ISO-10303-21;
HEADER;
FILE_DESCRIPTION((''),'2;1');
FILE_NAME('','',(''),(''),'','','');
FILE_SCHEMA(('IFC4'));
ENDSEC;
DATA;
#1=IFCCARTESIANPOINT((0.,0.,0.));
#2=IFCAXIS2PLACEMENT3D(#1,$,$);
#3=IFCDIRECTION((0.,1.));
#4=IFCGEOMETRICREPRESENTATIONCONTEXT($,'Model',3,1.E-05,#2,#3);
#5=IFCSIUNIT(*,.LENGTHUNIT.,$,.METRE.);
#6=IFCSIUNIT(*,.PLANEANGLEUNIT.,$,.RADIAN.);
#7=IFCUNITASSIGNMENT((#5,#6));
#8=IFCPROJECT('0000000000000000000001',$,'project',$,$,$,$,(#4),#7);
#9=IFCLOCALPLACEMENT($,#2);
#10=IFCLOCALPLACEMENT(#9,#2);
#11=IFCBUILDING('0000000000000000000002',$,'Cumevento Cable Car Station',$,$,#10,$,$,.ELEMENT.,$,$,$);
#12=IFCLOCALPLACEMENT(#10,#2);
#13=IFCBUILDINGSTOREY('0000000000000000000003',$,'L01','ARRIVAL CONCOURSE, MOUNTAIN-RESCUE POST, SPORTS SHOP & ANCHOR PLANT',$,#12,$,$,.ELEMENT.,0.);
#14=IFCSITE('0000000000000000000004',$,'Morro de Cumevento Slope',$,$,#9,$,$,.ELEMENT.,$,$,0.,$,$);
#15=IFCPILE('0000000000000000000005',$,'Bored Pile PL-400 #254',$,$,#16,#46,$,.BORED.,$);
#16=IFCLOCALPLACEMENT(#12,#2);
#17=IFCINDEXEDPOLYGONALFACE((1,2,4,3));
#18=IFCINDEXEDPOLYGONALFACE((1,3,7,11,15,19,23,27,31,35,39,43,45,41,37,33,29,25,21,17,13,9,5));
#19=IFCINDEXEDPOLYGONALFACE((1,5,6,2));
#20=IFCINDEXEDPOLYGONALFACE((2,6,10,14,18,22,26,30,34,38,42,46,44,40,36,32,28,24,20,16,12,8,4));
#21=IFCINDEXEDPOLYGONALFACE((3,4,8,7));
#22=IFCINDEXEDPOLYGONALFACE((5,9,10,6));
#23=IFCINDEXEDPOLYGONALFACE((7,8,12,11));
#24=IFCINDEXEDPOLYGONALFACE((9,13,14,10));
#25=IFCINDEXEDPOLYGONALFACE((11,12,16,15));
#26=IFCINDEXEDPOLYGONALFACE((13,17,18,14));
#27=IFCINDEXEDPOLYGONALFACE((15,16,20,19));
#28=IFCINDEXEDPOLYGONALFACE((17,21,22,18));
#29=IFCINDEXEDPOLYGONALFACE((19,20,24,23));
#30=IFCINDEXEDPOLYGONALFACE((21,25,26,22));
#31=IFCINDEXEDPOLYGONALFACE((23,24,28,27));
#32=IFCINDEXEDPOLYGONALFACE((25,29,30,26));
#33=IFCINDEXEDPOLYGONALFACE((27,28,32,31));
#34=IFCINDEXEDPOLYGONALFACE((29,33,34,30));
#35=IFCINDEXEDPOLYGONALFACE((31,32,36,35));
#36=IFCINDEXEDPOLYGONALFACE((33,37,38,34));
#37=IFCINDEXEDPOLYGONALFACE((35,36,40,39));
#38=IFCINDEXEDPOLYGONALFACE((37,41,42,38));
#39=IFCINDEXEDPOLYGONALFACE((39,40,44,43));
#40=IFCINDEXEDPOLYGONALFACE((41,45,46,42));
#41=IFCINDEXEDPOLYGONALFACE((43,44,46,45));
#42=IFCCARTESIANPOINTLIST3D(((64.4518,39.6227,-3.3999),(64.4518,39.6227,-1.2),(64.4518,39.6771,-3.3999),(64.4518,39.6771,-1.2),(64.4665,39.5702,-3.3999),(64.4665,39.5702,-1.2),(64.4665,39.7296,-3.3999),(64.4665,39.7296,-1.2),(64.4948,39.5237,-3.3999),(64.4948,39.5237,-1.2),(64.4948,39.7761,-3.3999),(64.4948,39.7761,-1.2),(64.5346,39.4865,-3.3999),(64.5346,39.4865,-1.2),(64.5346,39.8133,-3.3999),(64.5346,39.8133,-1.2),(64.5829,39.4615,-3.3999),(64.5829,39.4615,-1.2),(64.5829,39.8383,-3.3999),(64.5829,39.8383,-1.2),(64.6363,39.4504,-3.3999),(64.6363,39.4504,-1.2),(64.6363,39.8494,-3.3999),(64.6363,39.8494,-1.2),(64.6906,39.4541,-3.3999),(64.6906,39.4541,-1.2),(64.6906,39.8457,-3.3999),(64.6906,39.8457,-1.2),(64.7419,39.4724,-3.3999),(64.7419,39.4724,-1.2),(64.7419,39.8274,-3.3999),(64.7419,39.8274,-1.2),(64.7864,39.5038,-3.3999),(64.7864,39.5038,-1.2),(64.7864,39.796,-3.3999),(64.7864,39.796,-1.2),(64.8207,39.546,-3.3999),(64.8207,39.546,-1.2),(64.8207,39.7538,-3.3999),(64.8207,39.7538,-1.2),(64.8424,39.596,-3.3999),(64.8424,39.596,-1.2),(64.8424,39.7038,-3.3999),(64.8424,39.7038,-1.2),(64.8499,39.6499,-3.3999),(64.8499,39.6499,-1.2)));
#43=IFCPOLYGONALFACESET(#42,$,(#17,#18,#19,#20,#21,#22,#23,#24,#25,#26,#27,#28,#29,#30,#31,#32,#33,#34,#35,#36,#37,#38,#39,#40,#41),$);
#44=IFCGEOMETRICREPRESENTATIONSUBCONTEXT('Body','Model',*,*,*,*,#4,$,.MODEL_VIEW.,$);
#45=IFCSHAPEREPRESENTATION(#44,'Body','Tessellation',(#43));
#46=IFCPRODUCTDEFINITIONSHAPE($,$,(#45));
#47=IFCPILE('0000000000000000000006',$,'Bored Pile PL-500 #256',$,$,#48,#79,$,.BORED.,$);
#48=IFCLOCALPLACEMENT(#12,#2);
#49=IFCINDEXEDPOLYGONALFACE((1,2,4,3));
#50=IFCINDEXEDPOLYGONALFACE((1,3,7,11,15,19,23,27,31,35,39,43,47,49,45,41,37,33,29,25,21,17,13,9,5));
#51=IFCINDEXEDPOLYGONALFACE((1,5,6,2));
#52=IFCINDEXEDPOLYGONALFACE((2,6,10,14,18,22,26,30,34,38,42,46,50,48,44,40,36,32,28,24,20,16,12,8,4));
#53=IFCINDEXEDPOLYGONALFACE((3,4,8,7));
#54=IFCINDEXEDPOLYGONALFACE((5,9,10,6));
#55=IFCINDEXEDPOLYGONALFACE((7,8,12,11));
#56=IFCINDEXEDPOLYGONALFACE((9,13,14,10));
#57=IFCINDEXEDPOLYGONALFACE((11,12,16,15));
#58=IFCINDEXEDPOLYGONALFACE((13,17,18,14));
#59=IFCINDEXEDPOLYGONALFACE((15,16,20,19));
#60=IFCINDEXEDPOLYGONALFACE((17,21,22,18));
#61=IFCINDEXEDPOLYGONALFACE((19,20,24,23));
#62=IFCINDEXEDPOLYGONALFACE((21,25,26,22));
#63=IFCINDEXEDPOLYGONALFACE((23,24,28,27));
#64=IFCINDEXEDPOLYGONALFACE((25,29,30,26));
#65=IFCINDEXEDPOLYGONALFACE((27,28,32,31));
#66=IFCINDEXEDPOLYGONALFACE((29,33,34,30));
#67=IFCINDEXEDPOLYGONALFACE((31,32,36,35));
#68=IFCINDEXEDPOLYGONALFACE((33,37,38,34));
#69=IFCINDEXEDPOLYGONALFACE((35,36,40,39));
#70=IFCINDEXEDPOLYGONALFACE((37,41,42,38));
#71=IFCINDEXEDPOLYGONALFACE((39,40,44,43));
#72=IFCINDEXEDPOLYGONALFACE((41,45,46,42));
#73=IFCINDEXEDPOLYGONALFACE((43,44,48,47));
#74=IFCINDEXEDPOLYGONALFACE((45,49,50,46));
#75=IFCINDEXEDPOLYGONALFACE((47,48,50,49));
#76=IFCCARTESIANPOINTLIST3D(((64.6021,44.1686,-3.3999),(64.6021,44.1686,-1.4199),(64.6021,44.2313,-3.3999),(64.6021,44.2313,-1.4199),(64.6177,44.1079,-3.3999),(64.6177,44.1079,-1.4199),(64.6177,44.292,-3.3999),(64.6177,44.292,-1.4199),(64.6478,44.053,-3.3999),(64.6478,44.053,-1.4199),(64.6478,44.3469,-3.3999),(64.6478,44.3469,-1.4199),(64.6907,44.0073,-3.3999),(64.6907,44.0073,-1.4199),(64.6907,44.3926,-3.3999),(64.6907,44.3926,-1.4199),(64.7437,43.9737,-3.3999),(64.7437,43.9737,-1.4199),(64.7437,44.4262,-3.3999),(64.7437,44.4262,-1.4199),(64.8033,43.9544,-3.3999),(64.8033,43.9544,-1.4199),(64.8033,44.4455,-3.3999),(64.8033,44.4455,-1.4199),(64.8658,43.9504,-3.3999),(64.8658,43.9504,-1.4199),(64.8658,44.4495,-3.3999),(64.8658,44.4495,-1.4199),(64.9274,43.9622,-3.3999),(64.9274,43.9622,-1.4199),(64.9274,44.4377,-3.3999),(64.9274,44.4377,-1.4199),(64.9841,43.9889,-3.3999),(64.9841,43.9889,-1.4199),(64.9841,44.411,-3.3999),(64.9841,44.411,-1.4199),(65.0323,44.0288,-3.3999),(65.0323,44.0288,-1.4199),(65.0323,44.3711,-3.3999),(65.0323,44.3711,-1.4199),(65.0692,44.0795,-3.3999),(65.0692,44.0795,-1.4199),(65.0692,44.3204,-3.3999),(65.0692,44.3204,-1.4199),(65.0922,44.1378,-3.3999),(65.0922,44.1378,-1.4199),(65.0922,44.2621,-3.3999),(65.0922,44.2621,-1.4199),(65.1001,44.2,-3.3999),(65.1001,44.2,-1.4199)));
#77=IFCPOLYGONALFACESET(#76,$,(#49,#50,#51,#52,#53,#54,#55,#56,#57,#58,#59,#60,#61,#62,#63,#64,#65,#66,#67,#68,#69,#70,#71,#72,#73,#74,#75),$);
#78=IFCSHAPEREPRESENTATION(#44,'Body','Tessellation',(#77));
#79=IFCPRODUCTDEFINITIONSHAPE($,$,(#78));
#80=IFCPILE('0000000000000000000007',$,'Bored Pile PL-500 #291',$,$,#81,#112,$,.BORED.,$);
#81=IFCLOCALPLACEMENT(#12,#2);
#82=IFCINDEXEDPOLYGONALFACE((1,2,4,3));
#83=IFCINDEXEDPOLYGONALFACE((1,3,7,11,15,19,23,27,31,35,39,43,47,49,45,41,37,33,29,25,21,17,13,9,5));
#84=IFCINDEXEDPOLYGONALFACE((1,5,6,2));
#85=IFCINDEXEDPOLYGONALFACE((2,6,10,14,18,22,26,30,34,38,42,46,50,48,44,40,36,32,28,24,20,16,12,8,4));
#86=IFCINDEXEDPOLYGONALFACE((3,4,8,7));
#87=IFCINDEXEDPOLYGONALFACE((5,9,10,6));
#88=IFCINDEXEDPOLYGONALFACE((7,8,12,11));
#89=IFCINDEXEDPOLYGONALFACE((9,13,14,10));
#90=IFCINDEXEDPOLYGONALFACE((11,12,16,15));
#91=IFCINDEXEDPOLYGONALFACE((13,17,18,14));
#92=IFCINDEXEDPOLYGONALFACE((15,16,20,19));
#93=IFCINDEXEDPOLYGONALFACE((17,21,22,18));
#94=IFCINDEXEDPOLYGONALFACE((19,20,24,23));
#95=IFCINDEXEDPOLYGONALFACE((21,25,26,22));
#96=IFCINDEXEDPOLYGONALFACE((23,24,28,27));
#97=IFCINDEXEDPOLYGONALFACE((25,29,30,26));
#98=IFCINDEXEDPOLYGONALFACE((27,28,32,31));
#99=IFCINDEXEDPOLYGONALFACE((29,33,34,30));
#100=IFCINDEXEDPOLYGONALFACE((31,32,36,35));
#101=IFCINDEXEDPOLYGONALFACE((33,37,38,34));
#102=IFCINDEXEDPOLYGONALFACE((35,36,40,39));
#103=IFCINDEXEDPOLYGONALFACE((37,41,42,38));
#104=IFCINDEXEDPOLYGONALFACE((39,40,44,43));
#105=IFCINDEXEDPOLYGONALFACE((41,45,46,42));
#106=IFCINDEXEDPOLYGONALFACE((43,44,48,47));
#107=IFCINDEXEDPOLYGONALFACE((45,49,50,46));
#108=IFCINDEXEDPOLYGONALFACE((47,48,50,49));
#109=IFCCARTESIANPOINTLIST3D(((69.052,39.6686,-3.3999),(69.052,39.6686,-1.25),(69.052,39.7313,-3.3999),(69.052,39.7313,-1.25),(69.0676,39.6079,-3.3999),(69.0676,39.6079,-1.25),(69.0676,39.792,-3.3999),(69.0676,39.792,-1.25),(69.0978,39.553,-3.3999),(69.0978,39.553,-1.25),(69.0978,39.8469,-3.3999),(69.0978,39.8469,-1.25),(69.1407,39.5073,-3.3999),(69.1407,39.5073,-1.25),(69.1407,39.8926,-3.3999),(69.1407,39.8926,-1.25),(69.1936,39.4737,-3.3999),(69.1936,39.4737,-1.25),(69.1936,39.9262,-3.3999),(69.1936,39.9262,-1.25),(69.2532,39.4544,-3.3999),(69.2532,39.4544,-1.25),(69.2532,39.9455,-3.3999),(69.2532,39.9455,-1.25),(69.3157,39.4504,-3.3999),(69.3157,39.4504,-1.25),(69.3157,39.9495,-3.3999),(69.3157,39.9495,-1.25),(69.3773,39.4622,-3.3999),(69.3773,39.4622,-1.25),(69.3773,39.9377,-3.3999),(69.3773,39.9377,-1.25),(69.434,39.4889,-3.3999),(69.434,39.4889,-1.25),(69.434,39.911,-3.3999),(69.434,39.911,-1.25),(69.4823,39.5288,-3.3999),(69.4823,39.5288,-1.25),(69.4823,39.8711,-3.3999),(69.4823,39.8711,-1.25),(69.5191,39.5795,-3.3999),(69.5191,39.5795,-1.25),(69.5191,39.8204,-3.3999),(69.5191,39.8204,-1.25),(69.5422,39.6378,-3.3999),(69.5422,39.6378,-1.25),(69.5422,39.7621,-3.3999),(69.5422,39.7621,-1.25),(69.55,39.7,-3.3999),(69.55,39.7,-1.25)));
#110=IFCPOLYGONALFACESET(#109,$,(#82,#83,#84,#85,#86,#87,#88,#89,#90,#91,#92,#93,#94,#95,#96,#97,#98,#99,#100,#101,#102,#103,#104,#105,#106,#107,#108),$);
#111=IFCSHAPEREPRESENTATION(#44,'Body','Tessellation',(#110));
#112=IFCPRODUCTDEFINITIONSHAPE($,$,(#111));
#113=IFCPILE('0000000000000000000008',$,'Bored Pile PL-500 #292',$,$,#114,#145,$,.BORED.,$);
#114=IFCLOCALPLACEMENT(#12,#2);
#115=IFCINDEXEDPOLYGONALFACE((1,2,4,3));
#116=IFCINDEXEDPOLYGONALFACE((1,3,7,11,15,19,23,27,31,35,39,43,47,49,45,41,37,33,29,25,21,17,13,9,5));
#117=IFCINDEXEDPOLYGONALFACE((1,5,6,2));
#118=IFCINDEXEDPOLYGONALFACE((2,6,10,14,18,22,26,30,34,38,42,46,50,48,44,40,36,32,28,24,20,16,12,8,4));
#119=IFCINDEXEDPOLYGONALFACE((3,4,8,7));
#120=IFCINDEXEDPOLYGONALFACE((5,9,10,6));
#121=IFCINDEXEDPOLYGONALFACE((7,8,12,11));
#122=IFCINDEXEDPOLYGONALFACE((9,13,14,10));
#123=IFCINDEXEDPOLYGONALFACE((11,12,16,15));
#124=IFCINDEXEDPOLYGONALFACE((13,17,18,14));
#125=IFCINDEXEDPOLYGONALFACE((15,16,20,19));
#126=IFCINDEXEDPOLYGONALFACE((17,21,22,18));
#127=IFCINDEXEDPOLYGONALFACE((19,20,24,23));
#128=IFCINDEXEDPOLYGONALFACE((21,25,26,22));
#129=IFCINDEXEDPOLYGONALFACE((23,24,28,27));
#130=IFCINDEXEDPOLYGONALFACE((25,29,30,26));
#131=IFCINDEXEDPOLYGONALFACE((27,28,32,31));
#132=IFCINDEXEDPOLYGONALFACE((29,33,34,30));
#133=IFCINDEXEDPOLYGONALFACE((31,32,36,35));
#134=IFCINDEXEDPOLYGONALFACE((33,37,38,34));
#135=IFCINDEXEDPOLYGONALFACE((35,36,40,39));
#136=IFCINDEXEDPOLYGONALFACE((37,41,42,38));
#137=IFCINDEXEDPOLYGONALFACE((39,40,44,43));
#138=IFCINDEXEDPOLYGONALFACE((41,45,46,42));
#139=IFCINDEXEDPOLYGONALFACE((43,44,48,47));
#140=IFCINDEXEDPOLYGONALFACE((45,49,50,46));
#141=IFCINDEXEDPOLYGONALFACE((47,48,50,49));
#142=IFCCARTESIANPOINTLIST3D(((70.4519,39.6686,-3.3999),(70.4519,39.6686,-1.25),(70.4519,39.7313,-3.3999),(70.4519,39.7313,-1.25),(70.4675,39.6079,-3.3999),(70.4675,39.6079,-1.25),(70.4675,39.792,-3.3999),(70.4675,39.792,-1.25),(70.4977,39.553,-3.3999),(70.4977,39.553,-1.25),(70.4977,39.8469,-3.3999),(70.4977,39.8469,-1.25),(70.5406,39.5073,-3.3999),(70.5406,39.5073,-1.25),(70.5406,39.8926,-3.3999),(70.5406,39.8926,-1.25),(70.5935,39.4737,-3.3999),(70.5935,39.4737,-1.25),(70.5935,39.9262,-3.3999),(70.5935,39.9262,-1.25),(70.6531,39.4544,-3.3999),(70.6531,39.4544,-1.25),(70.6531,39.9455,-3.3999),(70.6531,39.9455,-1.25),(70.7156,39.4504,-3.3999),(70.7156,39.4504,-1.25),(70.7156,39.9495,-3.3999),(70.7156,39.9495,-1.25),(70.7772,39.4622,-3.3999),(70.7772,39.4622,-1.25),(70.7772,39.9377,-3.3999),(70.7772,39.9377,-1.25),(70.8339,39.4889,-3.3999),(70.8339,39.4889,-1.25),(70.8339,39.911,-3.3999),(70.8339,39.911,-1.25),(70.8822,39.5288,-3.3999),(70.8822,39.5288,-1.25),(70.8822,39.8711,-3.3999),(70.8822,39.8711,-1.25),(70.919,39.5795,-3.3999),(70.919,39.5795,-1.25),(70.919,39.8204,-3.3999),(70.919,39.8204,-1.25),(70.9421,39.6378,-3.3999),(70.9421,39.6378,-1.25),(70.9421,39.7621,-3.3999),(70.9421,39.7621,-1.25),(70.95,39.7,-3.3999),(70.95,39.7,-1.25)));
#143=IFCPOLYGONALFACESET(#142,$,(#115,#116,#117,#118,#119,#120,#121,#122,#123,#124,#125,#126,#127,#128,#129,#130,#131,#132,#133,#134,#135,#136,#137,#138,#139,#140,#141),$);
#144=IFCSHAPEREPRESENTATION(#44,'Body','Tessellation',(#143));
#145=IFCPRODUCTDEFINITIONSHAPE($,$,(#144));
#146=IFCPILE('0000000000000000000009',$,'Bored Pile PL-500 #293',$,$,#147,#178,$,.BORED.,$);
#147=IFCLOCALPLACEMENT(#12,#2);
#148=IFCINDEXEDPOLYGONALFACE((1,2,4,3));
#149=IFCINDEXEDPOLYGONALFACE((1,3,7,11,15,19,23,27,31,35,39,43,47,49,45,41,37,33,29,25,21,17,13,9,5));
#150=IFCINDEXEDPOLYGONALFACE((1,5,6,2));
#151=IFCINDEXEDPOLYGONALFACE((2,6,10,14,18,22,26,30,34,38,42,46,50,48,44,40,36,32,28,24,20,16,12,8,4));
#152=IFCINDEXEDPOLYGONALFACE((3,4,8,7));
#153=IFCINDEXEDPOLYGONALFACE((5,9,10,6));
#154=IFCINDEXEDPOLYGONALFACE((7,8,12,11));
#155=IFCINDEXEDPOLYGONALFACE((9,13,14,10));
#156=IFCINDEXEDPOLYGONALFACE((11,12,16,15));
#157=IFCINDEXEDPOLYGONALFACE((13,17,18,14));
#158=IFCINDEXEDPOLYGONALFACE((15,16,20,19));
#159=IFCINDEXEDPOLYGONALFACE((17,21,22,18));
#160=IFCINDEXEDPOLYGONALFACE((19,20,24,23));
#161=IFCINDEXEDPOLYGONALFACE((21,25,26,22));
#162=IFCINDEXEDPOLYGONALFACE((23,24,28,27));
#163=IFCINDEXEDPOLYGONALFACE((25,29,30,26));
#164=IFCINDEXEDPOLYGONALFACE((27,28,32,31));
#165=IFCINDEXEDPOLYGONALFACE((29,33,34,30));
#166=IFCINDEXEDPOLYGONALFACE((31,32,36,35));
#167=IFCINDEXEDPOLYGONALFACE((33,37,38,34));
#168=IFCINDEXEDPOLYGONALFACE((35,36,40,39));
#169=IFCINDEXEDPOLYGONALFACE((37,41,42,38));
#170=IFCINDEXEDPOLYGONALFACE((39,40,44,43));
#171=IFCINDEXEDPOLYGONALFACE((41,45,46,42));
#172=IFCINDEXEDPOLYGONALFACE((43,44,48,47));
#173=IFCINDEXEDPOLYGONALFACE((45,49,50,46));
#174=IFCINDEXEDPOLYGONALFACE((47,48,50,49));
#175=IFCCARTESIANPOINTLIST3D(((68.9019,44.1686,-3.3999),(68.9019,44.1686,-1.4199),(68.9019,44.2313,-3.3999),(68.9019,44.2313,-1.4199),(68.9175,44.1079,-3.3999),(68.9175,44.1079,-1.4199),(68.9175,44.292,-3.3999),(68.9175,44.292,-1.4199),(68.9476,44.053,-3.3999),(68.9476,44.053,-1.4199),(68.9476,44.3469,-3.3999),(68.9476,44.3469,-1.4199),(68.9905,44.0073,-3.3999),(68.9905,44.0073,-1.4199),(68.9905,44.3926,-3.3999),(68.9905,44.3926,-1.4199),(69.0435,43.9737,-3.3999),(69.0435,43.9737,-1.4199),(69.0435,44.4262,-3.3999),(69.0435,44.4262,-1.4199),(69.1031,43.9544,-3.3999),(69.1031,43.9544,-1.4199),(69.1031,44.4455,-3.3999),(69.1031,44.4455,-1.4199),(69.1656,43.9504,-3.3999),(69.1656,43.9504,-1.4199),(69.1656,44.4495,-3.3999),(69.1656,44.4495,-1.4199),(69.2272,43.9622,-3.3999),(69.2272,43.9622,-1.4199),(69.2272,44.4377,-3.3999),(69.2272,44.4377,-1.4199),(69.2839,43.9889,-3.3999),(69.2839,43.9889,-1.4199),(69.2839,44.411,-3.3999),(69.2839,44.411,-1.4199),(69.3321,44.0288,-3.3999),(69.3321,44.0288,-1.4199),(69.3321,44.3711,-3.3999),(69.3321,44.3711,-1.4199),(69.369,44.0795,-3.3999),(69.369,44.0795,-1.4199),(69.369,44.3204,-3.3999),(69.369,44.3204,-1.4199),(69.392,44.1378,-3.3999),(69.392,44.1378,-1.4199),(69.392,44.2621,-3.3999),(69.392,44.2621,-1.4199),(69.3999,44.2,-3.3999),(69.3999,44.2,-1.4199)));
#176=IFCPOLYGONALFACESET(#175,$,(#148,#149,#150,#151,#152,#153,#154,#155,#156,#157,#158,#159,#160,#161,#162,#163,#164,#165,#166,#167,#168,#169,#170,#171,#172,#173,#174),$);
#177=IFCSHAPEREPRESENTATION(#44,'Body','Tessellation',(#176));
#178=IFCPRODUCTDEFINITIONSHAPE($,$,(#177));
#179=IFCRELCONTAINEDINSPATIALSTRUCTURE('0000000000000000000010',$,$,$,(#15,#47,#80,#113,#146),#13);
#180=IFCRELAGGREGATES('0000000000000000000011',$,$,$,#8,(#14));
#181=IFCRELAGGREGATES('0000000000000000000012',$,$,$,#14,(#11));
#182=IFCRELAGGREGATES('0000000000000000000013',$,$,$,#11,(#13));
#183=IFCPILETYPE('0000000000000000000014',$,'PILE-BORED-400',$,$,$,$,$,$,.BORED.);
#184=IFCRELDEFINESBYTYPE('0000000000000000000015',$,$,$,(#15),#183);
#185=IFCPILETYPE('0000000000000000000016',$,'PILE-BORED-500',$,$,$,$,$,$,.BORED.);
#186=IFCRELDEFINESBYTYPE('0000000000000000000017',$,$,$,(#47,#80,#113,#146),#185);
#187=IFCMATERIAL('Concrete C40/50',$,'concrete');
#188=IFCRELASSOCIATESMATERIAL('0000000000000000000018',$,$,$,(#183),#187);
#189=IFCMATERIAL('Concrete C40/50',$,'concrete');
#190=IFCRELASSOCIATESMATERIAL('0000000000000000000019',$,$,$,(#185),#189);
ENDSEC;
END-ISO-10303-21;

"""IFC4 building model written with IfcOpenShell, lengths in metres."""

from ifc_helpers import new_model, si_unit, direction, frame, origin, origin_2d, place, context, subcontext, project, spatial, circle, extrude, material, material_profile, profile_set, type_object, element, save


model = new_model("IFC4")

# Units and contexts
model_context = context("Model", 3, precision=1e-05, world=origin(), true_north=direction((0.0, 1.0)))
body_context = subcontext(model_context, "Body", "Model", "MODEL_VIEW")
ifc_project = project(units=[si_unit("LENGTHUNIT", "METRE"), si_unit("PLANEANGLEUNIT", "RADIAN")], contexts=[model_context])

# Site, building, storey
site_placement = place(None, origin())
site = spatial("IfcSite", under=ifc_project, at=site_placement, Name="Morro de Cumevento Slope", CompositionType="ELEMENT", RefElevation=0.0)
building_placement = place(site_placement, origin())
building = spatial("IfcBuilding", under=site, at=building_placement, Name="Cumevento Cable Car Station", CompositionType="ELEMENT")
storey_placement = place(building_placement, origin())
storey = spatial("IfcBuildingStorey", under=building, at=storey_placement, Name="L01", Description="ARRIVAL CONCOURSE, MOUNTAIN-RESCUE POST, SPORTS SHOP & ANCHOR PLANT", CompositionType="ELEMENT", Elevation=0.0)

# Piles
ifc_material_1 = material(Name="Concrete C40/50", Category="concrete")
ifc_material_profile_1 = material_profile(ifc_material_1, circle(Radius=0.2, at=origin_2d()), Name="PILE-D400")
ifc_profile_set_1 = profile_set([ifc_material_profile_1], Name="Concrete C40/50")
pile_type_1 = type_object("IfcPileType", Name="PILE-BORED-400", PredefinedType="BORED", material=ifc_profile_set_1)
pile_1_placement = place(storey_placement, frame((64.6499, 39.6499, -1.2), z_axis=(0.0, 0.0, -1.0), x_axis=(1.0, 0.0, 0.0)))
element("IfcPile", 1, at=pile_1_placement, inside=storey, type_object=pile_type_1, Name="Bored Pile PL-400 #254", PredefinedType="BORED", context=body_context, shape_type="SweptSolid", body=[
    extrude(circle(Radius=0.2, at=origin_2d()), origin(), (0.0, 0.0, 1.0), 2.2),
])
ifc_material_2 = material(Name="Concrete C40/50", Category="concrete")
ifc_material_profile_2 = material_profile(ifc_material_2, circle(Radius=0.25, at=origin_2d()), Name="PILE-D500")
ifc_profile_set_2 = profile_set([ifc_material_profile_2], Name="Concrete C40/50")
pile_type_2 = type_object("IfcPileType", Name="PILE-BORED-500", PredefinedType="BORED", material=ifc_profile_set_2)
pile_2_placement = place(storey_placement, frame((64.8501, 44.2, -1.4199), z_axis=(0.0, 0.0, -1.0), x_axis=(1.0, 0.0, 0.0)))
element("IfcPile", 2, at=pile_2_placement, inside=storey, type_object=pile_type_2, Name="Bored Pile PL-500 #256", PredefinedType="BORED", context=body_context, shape_type="SweptSolid", body=[
    extrude(circle(Radius=0.25, at=origin_2d()), origin(), (0.0, 0.0, 1.0), 1.98),
])
for number, where, z_axis, x_axis, name in (
    (3, (69.3, 39.7, -1.25), (0.0, 0.0, -1.0), (1.0, 0.0, 0.0), "Bored Pile PL-500 #291"),
    (4, (70.7, 39.7, -1.25), (0.0, 0.0, -1.0), (1.0, 0.0, 0.0), "Bored Pile PL-500 #292"),
):
    element("IfcPile", number, at=place(storey_placement, frame(where, z_axis=z_axis, x_axis=x_axis)), inside=storey, type_object=pile_type_2, Name=name, PredefinedType="BORED", context=body_context, shape_type="SweptSolid", body=[
        extrude(circle(Radius=0.25, at=origin_2d()), origin(), (0.0, 0.0, 1.0), 2.1499),
    ])
for number, where, z_axis, x_axis, name in (
    (5, (69.1499, 44.2, -1.4199), (0.0, 0.0, -1.0), (1.0, 0.0, 0.0), "Bored Pile PL-500 #293"),
):
    element("IfcPile", number, at=place(storey_placement, frame(where, z_axis=z_axis, x_axis=x_axis)), inside=storey, type_object=pile_type_2, Name=name, PredefinedType="BORED", context=body_context, shape_type="SweptSolid", body=[
        extrude(circle(Radius=0.25, at=origin_2d()), origin(), (0.0, 0.0, 1.0), 1.98),
    ])

save(model, "model.ifc")
